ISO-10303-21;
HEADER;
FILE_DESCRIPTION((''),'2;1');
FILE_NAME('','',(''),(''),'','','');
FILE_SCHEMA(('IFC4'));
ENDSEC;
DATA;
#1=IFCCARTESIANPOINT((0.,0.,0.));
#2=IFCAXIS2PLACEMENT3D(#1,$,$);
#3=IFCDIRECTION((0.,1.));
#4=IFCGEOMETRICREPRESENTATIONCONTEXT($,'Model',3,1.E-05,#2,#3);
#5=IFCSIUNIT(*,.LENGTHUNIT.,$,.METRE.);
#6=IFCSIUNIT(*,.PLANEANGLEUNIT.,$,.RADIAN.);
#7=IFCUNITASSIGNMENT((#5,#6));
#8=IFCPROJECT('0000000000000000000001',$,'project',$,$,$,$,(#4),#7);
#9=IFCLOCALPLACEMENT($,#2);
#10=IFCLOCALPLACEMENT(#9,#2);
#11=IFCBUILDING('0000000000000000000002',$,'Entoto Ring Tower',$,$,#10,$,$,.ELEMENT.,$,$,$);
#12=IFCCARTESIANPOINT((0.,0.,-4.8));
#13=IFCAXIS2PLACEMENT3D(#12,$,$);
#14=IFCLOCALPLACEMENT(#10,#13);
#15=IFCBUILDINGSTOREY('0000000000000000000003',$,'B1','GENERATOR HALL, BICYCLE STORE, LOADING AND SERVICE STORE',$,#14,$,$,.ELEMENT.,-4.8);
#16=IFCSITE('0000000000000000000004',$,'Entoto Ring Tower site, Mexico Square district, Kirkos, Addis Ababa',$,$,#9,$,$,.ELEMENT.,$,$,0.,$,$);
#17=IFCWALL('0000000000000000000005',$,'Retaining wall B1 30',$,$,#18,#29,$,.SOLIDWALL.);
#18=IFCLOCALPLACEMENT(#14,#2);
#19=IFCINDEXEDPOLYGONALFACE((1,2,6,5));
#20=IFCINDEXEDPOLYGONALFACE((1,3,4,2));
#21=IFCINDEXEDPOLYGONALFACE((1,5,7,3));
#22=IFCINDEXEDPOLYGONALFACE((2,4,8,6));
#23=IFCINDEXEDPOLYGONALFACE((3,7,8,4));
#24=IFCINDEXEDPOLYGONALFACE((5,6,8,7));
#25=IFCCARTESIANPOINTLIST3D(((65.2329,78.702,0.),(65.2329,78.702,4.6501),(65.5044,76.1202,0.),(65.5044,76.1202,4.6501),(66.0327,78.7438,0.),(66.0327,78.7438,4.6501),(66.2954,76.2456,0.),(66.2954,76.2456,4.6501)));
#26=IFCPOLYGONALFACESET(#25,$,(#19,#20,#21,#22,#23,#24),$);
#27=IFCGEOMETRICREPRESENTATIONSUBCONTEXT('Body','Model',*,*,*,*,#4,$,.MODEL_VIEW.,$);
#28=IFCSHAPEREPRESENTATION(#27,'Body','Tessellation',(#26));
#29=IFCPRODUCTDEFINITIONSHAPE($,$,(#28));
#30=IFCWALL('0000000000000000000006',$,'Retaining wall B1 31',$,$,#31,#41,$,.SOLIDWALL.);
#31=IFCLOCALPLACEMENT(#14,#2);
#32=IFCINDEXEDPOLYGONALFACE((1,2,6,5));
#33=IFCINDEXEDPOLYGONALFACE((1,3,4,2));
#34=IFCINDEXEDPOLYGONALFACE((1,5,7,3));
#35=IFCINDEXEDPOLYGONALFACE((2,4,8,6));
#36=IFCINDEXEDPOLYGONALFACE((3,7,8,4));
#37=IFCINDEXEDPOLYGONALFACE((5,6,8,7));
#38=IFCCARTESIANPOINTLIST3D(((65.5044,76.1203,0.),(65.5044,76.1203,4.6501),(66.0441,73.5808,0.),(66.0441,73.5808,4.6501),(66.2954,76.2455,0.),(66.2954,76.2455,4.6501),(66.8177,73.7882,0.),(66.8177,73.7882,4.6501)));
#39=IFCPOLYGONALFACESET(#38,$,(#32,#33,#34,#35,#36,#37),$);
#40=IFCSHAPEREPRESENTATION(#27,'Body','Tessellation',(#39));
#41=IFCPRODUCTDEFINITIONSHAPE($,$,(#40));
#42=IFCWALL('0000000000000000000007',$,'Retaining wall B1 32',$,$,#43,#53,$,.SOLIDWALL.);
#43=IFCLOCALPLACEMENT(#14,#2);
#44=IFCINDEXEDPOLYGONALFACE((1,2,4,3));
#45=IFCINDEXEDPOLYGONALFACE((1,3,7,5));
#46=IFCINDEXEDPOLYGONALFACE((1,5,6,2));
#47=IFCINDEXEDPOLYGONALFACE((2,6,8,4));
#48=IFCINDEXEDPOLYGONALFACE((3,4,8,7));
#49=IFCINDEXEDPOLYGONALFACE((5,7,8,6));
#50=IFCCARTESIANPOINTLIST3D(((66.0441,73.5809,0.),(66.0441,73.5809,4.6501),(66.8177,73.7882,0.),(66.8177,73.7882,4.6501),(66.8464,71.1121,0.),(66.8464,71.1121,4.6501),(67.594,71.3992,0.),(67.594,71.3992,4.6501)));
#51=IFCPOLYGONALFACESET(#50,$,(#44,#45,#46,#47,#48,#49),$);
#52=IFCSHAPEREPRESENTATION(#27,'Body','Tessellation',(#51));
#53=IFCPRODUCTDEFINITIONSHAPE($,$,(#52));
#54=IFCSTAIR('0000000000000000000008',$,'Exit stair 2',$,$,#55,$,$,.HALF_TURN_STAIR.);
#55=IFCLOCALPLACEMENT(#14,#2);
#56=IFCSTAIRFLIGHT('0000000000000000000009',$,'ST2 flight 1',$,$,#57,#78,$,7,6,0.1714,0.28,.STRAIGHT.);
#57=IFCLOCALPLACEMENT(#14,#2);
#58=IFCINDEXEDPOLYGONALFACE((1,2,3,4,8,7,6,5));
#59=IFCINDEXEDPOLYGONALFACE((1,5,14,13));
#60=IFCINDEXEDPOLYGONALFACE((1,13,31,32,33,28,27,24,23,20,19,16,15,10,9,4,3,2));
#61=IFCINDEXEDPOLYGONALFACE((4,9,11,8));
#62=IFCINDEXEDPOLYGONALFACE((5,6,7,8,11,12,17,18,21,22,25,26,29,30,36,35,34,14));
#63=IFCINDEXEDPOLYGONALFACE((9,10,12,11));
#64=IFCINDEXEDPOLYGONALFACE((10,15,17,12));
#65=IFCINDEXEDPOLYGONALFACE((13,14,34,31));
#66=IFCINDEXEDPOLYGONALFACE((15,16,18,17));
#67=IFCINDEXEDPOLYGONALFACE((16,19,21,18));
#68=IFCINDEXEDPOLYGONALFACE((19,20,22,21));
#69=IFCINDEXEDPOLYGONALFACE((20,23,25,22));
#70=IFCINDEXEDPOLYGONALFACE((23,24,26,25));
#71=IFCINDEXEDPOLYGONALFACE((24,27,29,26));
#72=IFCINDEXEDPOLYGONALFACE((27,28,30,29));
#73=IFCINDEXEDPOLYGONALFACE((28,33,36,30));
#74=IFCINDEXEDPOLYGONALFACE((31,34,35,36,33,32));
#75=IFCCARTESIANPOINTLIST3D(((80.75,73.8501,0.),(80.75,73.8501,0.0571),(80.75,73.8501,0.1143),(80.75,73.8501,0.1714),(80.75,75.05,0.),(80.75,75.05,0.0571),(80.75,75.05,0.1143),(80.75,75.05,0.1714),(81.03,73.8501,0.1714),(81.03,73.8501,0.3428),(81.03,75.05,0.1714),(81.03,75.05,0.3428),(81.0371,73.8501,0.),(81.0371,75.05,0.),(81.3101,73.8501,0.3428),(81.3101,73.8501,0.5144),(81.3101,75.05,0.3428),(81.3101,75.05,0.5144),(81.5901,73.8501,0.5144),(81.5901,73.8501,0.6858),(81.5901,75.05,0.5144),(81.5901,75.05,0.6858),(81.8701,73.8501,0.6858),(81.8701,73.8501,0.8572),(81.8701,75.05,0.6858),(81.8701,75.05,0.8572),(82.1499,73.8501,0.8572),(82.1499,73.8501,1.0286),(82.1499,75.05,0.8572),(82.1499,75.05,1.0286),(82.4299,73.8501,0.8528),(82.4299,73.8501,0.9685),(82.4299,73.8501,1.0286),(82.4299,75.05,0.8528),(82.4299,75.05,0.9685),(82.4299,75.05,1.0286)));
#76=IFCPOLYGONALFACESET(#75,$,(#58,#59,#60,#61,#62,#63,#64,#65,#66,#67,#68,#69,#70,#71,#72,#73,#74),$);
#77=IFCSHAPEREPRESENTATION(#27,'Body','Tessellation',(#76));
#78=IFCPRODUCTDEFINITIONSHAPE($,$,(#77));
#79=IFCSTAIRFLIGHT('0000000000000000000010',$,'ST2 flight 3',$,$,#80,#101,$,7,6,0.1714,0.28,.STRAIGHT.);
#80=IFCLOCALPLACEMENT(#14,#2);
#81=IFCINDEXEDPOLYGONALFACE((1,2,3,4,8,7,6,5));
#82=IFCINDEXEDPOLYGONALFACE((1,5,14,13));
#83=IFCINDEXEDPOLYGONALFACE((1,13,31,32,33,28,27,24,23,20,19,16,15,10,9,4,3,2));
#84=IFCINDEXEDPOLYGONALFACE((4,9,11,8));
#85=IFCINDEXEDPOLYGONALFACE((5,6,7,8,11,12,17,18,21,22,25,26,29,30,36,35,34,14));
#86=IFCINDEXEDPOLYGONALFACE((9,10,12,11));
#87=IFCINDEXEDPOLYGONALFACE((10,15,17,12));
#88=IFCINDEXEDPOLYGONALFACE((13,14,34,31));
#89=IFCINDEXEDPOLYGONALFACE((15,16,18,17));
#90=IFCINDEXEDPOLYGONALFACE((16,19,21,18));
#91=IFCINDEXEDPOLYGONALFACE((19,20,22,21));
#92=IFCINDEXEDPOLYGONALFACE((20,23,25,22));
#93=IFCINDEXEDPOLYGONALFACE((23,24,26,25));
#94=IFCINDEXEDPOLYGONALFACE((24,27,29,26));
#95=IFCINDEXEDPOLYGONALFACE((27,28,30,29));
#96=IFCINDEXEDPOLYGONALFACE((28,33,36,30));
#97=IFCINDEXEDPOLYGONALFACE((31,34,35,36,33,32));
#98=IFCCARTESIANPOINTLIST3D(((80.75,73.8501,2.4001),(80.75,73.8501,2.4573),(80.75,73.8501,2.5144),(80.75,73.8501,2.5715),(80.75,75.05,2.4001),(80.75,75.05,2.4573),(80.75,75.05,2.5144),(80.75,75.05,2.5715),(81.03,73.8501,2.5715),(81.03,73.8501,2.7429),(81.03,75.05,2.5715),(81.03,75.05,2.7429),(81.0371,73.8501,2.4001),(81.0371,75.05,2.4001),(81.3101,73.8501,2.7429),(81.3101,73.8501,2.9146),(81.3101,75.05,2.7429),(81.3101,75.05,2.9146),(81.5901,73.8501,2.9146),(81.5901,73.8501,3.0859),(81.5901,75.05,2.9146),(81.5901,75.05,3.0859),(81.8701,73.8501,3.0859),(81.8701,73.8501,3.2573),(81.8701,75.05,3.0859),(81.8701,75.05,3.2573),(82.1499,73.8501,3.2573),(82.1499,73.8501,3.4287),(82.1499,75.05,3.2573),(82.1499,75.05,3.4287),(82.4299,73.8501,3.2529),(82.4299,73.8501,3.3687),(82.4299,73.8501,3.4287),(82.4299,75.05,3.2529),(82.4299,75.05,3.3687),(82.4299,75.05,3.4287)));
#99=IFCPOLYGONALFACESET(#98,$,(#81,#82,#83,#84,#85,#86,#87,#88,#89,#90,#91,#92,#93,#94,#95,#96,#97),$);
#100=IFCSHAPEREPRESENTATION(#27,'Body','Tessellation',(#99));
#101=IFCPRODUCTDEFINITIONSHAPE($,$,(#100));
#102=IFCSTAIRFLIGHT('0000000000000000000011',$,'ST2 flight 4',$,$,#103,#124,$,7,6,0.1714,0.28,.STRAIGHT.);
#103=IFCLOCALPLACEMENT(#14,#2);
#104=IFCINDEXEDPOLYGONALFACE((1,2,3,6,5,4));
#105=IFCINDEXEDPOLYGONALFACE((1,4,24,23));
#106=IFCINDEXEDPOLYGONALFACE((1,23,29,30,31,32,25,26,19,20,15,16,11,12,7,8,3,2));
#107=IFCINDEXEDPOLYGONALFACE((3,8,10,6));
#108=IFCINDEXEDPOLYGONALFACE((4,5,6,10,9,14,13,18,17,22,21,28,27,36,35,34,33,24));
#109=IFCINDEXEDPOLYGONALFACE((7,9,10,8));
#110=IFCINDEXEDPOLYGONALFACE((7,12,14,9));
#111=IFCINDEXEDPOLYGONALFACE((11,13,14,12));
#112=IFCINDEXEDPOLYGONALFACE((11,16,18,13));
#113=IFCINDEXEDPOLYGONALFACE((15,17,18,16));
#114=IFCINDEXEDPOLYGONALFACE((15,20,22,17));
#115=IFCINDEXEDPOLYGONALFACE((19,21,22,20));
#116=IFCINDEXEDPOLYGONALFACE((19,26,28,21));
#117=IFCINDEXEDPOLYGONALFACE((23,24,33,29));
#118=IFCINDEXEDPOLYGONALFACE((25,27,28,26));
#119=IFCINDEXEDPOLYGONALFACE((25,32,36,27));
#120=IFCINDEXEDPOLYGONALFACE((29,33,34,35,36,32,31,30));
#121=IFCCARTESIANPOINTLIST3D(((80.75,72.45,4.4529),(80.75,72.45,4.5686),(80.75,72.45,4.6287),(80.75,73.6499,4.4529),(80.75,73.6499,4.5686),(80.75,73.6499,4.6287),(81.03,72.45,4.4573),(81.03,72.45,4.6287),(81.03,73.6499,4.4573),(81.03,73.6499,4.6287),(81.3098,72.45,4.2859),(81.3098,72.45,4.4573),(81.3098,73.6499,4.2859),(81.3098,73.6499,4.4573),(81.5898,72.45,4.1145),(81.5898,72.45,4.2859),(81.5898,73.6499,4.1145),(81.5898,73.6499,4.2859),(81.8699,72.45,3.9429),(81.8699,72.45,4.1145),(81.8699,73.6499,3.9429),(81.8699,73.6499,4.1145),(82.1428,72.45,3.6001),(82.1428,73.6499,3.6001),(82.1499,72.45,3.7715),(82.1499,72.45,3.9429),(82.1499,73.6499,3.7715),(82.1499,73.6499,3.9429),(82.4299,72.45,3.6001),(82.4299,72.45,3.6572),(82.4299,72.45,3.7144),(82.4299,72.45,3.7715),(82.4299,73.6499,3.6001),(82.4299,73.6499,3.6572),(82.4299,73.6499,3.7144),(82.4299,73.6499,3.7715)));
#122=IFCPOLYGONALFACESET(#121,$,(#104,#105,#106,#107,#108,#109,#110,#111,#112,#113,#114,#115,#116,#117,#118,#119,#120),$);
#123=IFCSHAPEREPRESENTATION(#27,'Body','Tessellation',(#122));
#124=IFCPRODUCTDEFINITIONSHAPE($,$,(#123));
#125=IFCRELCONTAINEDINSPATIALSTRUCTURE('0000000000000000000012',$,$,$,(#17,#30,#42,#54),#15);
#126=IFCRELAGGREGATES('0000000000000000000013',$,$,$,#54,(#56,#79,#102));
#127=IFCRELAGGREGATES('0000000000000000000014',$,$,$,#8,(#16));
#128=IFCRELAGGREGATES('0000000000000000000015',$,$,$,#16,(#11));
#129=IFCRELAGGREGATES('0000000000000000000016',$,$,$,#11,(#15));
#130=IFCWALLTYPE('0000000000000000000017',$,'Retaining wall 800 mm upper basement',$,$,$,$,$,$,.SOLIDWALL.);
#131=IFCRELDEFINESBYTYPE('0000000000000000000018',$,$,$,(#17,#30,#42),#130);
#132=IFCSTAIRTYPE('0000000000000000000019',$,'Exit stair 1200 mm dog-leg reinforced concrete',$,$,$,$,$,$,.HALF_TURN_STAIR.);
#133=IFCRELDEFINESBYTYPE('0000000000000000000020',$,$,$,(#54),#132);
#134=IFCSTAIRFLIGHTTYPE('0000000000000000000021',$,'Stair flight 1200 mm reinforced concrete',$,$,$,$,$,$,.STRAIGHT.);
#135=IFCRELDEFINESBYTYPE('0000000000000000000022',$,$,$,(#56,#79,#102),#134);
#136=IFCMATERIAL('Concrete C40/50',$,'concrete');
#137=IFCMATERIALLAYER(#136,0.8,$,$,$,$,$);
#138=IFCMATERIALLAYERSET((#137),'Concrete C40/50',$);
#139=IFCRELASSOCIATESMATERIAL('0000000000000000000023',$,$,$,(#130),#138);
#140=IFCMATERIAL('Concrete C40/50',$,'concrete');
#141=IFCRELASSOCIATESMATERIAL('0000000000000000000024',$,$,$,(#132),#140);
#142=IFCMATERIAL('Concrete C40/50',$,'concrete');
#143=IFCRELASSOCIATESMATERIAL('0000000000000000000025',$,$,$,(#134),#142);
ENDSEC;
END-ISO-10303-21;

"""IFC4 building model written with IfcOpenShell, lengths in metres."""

from ifc_helpers import new_model, si_unit, direction, frame, origin, place, context, subcontext, project, spatial, polyline, outline, extrude, material, layer, layer_set, type_object, element, aggregate, save


model = new_model("IFC4")

# Units and contexts
model_context = context("Model", 3, precision=1e-05, world=origin(), true_north=direction((0.0, 1.0)))
body_context = subcontext(model_context, "Body", "Model", "MODEL_VIEW")
ifc_project = project(units=[si_unit("LENGTHUNIT", "METRE"), si_unit("PLANEANGLEUNIT", "RADIAN")], contexts=[model_context])

# Site, building, storey
site_placement = place(None, origin())
site = spatial("IfcSite", under=ifc_project, at=site_placement, Name="Entoto Ring Tower site, Mexico Square district, Kirkos, Addis Ababa", CompositionType="ELEMENT", RefElevation=0.0)
building_placement = place(site_placement, origin())
building = spatial("IfcBuilding", under=site, at=building_placement, Name="Entoto Ring Tower", CompositionType="ELEMENT")
storey_placement = place(building_placement, frame((0.0, 0.0, -4.8)))
storey = spatial("IfcBuildingStorey", under=building, at=storey_placement, Name="B1", Description="GENERATOR HALL, BICYCLE STORE, LOADING AND SERVICE STORE", CompositionType="ELEMENT", Elevation=-4.8)

# Walls
ifc_material_1 = material(Name="Concrete C40/50", Category="concrete")
ifc_layer_1 = layer(ifc_material_1, 0.8)
ifc_layer_set_1 = layer_set([ifc_layer_1], Name="Concrete C40/50")
wall_type_1 = type_object("IfcWallType", Name="Retaining wall 800 mm upper basement", PredefinedType="SOLIDWALL", material=ifc_layer_set_1)
wall_1_placement = place(storey_placement, frame((65.6328, 78.7229, 0.0), z_axis=(0.0, 0.0, 1.0), x_axis=(0.104575, -0.994517, 0.0)))
element("IfcWall", 1, at=wall_1_placement, inside=storey, type_object=wall_type_1, Name="Retaining wall B1 30", PredefinedType="SOLIDWALL", context=body_context, shape_type="SweptSolid", body=[
    extrude(outline(polyline([(-0.021, -0.3999), (2.575, -0.3999), (2.533, 0.3999), (0.021, 0.3999), (-0.021, -0.3999)])), origin(), (0.0, 0.0, 1.0), 4.6501),
])
wall_2_placement = place(storey_placement, frame((65.8999, 76.1829, 0.0), z_axis=(0.0, 0.0, 1.0), x_axis=(0.207903, -0.978149, 0.0)))
element("IfcWall", 2, at=wall_2_placement, inside=storey, type_object=wall_type_1, Name="Retaining wall B1 31", PredefinedType="SOLIDWALL", context=body_context, shape_type="SweptSolid", body=[
    extrude(outline(polyline([(-0.021, -0.3999), (2.5752, -0.3999), (2.5332, 0.3999), (0.021, 0.3999), (-0.021, -0.3999)])), origin(), (0.0, 0.0, 1.0), 4.6501),
])
wall_3_placement = place(storey_placement, frame((66.4309, 73.6846, 0.0), z_axis=(0.0, 0.0, 1.0), x_axis=(0.309049, -0.951046, 0.0)))
element("IfcWall", 3, at=wall_3_placement, inside=storey, type_object=wall_type_1, Name="Retaining wall B1 32", PredefinedType="SOLIDWALL", context=body_context, shape_type="SweptSolid", body=[
    extrude(outline(polyline([(-0.021, -0.3999), (2.575, -0.3999), (2.533, 0.3999), (0.021, 0.3999), (-0.021, -0.3999)])), origin(), (0.0, 0.0, 1.0), 4.6501),
])

# Stair, stair flights
ifc_material_2 = material(Name="Concrete C40/50", Category="concrete")
stair_type = type_object("IfcStairType", Name="Exit stair 1200 mm dog-leg reinforced concrete", PredefinedType="HALF_TURN_STAIR", material=ifc_material_2)
stair_placement = place(storey_placement, origin())
stair = element("IfcStair", 4, at=stair_placement, inside=storey, type_object=stair_type, Name="Exit stair 2", PredefinedType="HALF_TURN_STAIR")
ifc_material_3 = material(Name="Concrete C40/50", Category="concrete")
stair_flight_type = type_object("IfcStairFlightType", Name="Stair flight 1200 mm reinforced concrete", PredefinedType="STRAIGHT", material=ifc_material_3)
stair_flight_1_placement = place(storey_placement, frame((80.75, 74.45, 0.0), z_axis=(0.0, 0.0, 1.0), x_axis=(1.0, 0.0, 0.0)))
stair_flight_1 = element("IfcStairFlight", 5, at=stair_flight_1_placement, type_object=stair_flight_type, Name="ST2 flight 1", NumberOfRisers=7, NumberOfTreads=6, PredefinedType="STRAIGHT", RiserHeight=0.1714, TreadLength=0.28, context=body_context, shape_type="SweptSolid", body=[
    extrude(outline(polyline([(0.0, 0.0), (0.0, 0.0571), (0.0, 0.1143), (0.0, 0.1714), (0.28, 0.1714), (0.28, 0.3428), (0.5601, 0.3428), (0.5601, 0.5144), (0.8401, 0.5144), (0.8401, 0.6858), (1.1201, 0.6858), (1.1201, 0.8572), (1.3999, 0.8572), (1.3999, 1.0286), (1.6799, 1.0286), (1.6799, 1.2), (1.6799, 1.0842), (1.6799, 0.9685), (1.6799, 0.8528), (0.2871, 0.0), (0.0, 0.0)])), frame((0.0, 0.6001, 0.0), z_axis=(0.0, -1.0, 0.0), x_axis=(1.0, 0.0, 0.0)), (0.0, 0.0, 1.0), 1.2),
])
stair_flight_2_placement = place(storey_placement, frame((80.75, 74.45, 2.4001), z_axis=(0.0, 0.0, 1.0), x_axis=(1.0, 0.0, 0.0)))
stair_flight_2 = element("IfcStairFlight", 6, at=stair_flight_2_placement, type_object=stair_flight_type, Name="ST2 flight 3", NumberOfRisers=7, NumberOfTreads=6, PredefinedType="STRAIGHT", RiserHeight=0.1714, TreadLength=0.28, context=body_context, shape_type="SweptSolid", body=[
    extrude(outline(polyline([(0.0, 0.0), (0.0, 0.0571), (0.0, 0.1143), (0.0, 0.1714), (0.28, 0.1714), (0.28, 0.3428), (0.5601, 0.3428), (0.5601, 0.5144), (0.8401, 0.5144), (0.8401, 0.6858), (1.1201, 0.6858), (1.1201, 0.8572), (1.3999, 0.8572), (1.3999, 1.0286), (1.6799, 1.0286), (1.6799, 1.2), (1.6799, 1.0842), (1.6799, 0.9685), (1.6799, 0.8528), (0.2871, 0.0), (0.0, 0.0)])), frame((0.0, 0.6001, 0.0), z_axis=(0.0, -1.0, 0.0), x_axis=(1.0, 0.0, 0.0)), (0.0, 0.0, 1.0), 1.2),
])
stair_flight_3_placement = place(storey_placement, frame((82.4299, 73.05, 3.6001), z_axis=(0.0, 0.0, 1.0), x_axis=(-1.0, 0.0, 0.0)))
stair_flight_3 = element("IfcStairFlight", 7, at=stair_flight_3_placement, type_object=stair_flight_type, Name="ST2 flight 4", NumberOfRisers=7, NumberOfTreads=6, PredefinedType="STRAIGHT", RiserHeight=0.1714, TreadLength=0.28, context=body_context, shape_type="SweptSolid", body=[
    extrude(outline(polyline([(0.0, 0.0), (0.0, 0.0571), (0.0, 0.1143), (0.0, 0.1714), (0.28, 0.1714), (0.28, 0.3428), (0.5601, 0.3428), (0.5601, 0.5144), (0.8401, 0.5144), (0.8401, 0.6858), (1.1201, 0.6858), (1.1201, 0.8572), (1.3999, 0.8572), (1.3999, 1.0286), (1.6799, 1.0286), (1.6799, 1.2), (1.6799, 1.0842), (1.6799, 0.9685), (1.6799, 0.8528), (0.2871, 0.0), (0.0, 0.0)])), frame((0.0, 0.6001, 0.0), z_axis=(0.0, -1.0, 0.0), x_axis=(1.0, 0.0, 0.0)), (0.0, 0.0, 1.0), 1.2),
])
aggregate(stair, [stair_flight_1, stair_flight_2, stair_flight_3])

save(model, "model.ifc")
